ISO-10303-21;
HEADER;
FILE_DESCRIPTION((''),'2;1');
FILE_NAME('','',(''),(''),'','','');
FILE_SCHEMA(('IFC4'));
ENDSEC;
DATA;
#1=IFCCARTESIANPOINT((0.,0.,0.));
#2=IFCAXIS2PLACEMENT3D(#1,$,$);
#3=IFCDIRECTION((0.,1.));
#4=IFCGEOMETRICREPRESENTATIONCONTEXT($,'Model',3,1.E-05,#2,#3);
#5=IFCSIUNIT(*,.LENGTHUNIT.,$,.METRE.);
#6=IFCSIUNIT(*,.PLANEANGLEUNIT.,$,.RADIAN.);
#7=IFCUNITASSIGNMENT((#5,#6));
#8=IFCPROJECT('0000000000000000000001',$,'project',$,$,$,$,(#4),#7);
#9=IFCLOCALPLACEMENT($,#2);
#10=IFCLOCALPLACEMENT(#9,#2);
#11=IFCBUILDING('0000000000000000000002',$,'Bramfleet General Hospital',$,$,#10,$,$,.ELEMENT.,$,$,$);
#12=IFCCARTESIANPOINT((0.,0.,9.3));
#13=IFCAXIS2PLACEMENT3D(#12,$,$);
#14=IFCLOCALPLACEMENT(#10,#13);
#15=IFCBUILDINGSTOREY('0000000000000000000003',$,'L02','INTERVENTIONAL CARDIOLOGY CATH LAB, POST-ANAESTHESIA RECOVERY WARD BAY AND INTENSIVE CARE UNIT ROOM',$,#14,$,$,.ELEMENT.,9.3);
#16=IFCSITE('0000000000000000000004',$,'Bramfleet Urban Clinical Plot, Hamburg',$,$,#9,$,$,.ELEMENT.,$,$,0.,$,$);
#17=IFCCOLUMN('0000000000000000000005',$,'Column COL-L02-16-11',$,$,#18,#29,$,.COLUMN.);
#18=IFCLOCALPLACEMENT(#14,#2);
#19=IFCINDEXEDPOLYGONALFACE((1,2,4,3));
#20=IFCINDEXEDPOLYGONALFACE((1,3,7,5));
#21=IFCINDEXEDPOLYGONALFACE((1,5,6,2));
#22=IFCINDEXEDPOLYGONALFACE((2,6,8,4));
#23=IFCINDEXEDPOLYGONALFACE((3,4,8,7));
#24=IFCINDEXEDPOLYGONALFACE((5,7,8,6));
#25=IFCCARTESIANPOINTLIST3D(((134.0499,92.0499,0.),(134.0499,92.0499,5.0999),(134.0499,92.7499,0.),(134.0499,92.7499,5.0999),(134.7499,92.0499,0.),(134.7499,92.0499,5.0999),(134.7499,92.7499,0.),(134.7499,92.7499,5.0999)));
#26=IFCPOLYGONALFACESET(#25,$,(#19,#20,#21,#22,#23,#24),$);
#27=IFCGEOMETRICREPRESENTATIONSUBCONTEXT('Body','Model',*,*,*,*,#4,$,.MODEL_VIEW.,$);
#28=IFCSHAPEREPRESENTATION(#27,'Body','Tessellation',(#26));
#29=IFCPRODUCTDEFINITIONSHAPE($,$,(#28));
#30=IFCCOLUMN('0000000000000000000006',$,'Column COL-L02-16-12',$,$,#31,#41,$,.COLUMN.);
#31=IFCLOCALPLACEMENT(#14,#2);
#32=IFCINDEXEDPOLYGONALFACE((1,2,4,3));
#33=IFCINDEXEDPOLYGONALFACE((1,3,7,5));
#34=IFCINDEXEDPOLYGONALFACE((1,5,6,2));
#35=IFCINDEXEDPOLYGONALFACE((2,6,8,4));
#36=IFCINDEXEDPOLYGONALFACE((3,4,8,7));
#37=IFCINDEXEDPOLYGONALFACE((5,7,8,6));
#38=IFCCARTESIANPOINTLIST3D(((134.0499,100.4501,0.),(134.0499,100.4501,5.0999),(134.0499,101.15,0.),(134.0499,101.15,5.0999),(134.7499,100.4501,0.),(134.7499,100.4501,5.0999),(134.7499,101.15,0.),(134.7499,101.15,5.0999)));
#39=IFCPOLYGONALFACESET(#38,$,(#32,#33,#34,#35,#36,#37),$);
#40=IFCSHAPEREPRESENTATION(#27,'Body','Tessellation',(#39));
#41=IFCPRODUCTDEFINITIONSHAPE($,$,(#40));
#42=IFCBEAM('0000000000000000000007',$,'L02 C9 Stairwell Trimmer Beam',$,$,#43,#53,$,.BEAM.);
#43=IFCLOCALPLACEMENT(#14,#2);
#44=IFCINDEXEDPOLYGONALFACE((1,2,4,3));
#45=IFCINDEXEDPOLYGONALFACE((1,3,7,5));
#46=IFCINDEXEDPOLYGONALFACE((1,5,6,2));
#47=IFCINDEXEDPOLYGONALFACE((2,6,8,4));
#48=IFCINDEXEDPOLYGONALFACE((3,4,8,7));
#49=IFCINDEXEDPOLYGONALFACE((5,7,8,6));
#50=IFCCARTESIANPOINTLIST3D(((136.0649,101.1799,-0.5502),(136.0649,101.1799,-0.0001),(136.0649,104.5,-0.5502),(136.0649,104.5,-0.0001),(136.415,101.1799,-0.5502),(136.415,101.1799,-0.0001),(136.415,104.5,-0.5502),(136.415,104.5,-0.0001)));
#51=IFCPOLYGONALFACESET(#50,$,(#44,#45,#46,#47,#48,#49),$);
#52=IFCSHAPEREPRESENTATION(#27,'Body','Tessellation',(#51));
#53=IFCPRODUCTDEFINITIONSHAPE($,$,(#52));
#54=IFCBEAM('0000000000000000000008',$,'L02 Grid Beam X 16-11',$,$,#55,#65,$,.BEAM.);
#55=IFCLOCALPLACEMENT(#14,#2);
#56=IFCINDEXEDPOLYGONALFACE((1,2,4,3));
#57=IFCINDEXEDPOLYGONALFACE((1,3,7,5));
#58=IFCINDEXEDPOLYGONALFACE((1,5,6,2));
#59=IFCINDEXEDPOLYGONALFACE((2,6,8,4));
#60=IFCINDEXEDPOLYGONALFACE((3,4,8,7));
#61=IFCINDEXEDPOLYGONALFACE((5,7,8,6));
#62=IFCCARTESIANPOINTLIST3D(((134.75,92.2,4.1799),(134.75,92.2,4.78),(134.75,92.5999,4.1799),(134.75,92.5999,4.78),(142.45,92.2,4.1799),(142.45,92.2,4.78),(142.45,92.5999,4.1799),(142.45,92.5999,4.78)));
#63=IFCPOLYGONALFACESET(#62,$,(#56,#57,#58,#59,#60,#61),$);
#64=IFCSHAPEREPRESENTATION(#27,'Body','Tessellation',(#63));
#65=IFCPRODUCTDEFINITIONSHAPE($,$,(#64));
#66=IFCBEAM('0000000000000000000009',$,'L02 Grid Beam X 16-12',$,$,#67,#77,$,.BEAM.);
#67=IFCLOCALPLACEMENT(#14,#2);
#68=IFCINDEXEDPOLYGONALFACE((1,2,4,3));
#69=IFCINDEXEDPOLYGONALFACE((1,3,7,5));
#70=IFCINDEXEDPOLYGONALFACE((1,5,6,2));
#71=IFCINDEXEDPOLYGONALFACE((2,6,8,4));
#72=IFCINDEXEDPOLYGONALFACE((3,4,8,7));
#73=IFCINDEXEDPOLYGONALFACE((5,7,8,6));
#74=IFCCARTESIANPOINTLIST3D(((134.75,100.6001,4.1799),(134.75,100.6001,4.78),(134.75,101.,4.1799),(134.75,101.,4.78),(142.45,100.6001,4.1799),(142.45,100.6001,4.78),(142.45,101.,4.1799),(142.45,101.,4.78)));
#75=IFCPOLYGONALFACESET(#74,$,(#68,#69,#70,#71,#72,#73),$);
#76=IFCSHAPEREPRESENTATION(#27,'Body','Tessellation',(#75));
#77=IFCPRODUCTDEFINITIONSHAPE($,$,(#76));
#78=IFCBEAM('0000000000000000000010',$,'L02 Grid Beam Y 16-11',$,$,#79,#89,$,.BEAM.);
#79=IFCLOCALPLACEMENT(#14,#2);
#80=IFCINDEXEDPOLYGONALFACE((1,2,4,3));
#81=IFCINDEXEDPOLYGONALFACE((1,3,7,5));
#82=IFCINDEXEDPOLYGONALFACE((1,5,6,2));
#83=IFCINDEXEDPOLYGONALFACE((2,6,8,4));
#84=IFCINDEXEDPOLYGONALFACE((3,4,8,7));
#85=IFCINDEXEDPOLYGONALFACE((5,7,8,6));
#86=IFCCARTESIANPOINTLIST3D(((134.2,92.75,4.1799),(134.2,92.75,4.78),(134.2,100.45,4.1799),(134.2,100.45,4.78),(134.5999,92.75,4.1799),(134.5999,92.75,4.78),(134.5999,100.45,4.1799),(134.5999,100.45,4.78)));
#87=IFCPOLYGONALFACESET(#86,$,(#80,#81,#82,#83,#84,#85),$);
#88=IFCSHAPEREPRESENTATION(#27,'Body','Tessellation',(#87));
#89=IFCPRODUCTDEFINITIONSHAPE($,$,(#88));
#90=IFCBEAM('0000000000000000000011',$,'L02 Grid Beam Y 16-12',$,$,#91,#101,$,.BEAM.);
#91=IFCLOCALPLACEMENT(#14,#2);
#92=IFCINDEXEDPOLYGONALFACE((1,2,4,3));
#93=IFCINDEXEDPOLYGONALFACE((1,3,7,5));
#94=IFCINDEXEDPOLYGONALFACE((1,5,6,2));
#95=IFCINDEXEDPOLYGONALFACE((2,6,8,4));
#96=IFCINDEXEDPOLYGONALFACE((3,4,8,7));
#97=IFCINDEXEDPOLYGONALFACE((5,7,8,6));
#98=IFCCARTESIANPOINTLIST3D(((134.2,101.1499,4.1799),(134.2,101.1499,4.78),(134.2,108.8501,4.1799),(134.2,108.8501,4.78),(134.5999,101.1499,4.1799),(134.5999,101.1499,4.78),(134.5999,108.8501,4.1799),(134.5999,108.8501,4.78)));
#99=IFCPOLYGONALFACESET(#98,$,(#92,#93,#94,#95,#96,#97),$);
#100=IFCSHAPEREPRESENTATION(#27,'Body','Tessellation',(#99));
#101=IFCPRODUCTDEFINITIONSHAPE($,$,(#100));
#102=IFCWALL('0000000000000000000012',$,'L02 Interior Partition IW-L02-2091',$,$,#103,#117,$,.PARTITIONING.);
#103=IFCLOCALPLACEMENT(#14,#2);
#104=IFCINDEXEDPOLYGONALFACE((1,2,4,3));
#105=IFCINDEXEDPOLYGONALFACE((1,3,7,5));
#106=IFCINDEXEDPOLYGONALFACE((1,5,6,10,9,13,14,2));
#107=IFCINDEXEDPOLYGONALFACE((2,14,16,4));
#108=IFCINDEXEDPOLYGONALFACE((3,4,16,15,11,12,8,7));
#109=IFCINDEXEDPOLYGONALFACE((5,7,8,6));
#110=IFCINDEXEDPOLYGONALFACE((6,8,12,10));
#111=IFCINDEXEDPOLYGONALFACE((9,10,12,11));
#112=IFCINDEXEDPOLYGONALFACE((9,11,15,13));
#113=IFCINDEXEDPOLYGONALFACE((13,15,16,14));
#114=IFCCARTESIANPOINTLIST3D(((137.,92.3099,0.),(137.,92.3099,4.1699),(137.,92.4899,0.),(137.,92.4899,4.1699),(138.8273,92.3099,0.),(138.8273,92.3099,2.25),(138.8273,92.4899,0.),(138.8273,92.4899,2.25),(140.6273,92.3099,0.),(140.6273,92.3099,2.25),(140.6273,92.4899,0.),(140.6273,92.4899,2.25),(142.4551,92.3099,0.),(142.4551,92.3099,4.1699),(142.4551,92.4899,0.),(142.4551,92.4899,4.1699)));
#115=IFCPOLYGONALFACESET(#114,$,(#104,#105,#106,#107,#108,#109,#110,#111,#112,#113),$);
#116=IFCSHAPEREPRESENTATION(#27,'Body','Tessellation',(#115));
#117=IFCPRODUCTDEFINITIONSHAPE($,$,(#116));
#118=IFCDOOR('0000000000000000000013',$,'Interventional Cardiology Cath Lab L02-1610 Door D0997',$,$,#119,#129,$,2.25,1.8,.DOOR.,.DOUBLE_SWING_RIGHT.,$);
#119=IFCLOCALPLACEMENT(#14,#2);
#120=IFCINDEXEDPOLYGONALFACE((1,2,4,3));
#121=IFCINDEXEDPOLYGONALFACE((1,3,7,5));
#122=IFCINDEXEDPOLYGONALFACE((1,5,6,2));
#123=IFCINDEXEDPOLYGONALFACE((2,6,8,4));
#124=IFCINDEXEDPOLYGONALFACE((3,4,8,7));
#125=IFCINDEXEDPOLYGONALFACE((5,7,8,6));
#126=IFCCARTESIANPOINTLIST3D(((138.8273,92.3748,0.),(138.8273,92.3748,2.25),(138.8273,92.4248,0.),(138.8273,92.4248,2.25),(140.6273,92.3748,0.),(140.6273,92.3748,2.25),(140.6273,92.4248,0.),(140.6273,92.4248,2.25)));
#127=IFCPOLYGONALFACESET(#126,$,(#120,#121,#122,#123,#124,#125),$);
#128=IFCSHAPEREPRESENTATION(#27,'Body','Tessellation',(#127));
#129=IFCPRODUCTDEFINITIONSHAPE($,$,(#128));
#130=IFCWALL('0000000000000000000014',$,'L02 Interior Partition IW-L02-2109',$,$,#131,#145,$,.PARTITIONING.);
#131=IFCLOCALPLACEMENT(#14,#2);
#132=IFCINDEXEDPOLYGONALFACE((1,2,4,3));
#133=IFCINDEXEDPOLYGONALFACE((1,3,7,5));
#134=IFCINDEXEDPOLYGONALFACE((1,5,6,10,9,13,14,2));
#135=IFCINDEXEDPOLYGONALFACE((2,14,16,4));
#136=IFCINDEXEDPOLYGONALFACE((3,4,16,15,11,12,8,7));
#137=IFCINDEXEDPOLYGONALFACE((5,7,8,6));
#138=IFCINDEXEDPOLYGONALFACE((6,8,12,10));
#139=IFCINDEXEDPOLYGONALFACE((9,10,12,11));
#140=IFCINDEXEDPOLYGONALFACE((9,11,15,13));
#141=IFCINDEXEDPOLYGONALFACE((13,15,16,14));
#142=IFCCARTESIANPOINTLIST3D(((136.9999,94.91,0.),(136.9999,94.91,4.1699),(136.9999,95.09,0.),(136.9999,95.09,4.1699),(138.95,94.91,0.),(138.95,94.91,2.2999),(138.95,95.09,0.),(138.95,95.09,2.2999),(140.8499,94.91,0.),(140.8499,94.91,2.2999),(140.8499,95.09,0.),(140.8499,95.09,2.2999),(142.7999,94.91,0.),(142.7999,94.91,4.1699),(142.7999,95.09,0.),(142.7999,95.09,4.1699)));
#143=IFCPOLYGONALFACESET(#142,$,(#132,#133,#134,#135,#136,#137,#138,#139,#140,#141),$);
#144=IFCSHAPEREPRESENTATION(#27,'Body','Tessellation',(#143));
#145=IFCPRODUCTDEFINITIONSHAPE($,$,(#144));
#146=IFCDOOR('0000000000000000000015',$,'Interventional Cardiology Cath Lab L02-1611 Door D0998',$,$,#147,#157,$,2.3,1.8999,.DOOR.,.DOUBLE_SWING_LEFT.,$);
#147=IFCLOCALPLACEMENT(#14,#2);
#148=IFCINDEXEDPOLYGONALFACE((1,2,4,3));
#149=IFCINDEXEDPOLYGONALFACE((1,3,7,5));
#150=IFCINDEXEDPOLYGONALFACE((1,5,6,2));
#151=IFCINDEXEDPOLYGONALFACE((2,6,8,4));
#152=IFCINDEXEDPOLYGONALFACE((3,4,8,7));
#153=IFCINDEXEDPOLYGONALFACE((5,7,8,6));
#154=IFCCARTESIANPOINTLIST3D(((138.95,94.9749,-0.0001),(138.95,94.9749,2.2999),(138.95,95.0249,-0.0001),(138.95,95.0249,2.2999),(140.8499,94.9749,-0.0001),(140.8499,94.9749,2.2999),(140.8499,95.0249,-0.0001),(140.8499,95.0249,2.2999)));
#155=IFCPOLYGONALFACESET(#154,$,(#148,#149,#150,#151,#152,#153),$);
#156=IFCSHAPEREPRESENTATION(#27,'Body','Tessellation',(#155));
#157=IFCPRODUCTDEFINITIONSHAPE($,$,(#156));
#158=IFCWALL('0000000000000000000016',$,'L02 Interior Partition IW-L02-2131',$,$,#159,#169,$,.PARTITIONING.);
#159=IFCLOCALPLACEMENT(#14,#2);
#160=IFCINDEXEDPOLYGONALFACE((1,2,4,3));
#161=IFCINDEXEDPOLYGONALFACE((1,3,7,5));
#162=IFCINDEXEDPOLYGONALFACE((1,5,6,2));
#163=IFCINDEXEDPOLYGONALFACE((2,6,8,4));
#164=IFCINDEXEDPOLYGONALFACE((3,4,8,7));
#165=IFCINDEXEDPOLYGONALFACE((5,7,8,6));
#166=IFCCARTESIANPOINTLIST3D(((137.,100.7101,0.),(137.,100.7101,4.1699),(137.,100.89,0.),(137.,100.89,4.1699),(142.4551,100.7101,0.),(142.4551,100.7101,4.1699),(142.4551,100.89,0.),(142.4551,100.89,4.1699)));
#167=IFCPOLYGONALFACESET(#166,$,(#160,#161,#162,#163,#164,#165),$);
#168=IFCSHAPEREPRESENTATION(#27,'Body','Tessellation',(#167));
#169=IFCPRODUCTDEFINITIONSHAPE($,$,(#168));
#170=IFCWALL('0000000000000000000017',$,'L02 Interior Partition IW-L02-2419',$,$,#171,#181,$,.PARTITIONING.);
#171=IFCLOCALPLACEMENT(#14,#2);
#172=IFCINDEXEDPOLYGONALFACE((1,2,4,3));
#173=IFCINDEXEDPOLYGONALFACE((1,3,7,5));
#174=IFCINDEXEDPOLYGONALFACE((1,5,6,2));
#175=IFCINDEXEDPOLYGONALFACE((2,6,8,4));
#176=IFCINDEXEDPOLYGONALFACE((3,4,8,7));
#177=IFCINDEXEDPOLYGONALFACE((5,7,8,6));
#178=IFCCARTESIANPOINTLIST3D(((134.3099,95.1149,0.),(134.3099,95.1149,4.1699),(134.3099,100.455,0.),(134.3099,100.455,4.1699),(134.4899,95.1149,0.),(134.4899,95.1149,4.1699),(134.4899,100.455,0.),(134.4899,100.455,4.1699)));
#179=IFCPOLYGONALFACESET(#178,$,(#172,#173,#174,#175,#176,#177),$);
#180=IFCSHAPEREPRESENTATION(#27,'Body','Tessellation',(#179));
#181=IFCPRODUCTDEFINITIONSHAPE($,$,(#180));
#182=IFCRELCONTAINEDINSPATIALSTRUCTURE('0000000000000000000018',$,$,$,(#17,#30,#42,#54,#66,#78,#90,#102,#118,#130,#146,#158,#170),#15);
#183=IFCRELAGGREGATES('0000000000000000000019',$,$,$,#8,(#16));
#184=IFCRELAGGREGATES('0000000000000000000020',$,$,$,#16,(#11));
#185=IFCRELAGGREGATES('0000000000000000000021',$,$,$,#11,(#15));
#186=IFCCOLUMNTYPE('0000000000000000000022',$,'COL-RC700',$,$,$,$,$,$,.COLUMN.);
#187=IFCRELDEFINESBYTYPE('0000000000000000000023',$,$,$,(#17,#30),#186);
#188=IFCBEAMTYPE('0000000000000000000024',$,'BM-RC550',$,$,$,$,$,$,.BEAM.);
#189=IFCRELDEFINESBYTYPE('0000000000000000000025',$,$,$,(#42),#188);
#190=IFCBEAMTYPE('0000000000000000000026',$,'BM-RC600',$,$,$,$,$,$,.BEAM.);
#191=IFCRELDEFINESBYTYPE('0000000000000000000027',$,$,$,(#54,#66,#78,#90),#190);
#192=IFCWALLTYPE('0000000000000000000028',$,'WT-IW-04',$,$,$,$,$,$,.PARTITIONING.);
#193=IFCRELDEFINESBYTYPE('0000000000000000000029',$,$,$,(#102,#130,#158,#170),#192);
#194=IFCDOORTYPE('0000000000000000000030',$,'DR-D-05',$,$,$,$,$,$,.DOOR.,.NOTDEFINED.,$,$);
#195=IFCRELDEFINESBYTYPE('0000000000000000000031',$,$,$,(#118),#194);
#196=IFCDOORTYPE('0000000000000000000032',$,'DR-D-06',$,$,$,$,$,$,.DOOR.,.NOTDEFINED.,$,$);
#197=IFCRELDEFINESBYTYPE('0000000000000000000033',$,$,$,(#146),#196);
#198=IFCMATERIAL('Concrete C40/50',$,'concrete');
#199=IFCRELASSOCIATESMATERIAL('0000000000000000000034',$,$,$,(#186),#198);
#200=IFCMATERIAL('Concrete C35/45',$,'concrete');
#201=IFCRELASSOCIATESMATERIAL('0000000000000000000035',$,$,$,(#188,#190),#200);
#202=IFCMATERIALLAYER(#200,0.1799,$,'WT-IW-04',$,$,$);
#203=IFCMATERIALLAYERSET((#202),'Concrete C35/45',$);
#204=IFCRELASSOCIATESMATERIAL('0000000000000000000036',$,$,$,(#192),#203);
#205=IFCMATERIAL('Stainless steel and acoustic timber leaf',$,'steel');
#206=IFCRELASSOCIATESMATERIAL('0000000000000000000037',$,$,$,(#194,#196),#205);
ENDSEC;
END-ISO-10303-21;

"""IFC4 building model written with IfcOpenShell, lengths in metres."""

from ifc_helpers import new_model, si_unit, direction, frame, frame_2d, origin, origin_2d, place, context, subcontext, project, spatial, rectangle, extrude, material, layer, layer_set, material_profile, profile_set, type_object, element, fill, save


model = new_model("IFC4")

# Units and contexts
model_context = context("Model", 3, precision=1e-05, world=origin(), true_north=direction((0.0, 1.0)))
body_context = subcontext(model_context, "Body", "Model", "MODEL_VIEW")
ifc_project = project(units=[si_unit("LENGTHUNIT", "METRE"), si_unit("PLANEANGLEUNIT", "RADIAN")], contexts=[model_context])

# Site, building, storey
site_placement = place(None, origin())
site = spatial("IfcSite", under=ifc_project, at=site_placement, Name="Bramfleet Urban Clinical Plot, Hamburg", CompositionType="ELEMENT", RefElevation=0.0)
building_placement = place(site_placement, origin())
building = spatial("IfcBuilding", under=site, at=building_placement, Name="Bramfleet General Hospital", CompositionType="ELEMENT")
storey_placement = place(building_placement, frame((0.0, 0.0, 9.3)))
storey = spatial("IfcBuildingStorey", under=building, at=storey_placement, Name="L02", Description="INTERVENTIONAL CARDIOLOGY CATH LAB, POST-ANAESTHESIA RECOVERY WARD BAY AND INTENSIVE CARE UNIT ROOM", CompositionType="ELEMENT", Elevation=9.3)

# Columns
ifc_material_1 = material(Name="Concrete C40/50", Category="concrete")
ifc_material_profile_1 = material_profile(ifc_material_1, rectangle(XDim=0.7, YDim=0.7, at=origin_2d()), Name="RC COL 700x700")
ifc_profile_set_1 = profile_set([ifc_material_profile_1], Name="Concrete C40/50")
column_type = type_object("IfcColumnType", Name="COL-RC700", PredefinedType="COLUMN", material=ifc_profile_set_1)
for number, where, z_axis, x_axis, name in (
    (1, (134.3999, 92.3999, 0.0), (0.0, 0.0, 1.0), (1.0, 0.0, 0.0), "Column COL-L02-16-11"),
    (2, (134.3999, 100.8, 0.0), (0.0, 0.0, 1.0), (1.0, 0.0, 0.0), "Column COL-L02-16-12"),
):
    element("IfcColumn", number, at=place(storey_placement, frame(where, z_axis=z_axis, x_axis=x_axis)), inside=storey, type_object=column_type, Name=name, PredefinedType="COLUMN", context=body_context, shape_type="SweptSolid", body=[
        extrude(rectangle(XDim=0.7, YDim=0.7, at=origin_2d()), origin(), (0.0, 0.0, 1.0), 5.0999),
    ])

# Beams
ifc_material_2 = material(Name="Concrete C35/45", Category="concrete")
ifc_material_profile_2 = material_profile(ifc_material_2, rectangle(XDim=0.3501, YDim=0.55, at=origin_2d()), Name="RC BM 550x350")
ifc_profile_set_2 = profile_set([ifc_material_profile_2], Name="Concrete C35/45")
beam_type_1 = type_object("IfcBeamType", Name="BM-RC550", PredefinedType="BEAM", material=ifc_profile_set_2)
beam_1_placement = place(storey_placement, frame((136.24, 101.1799, -0.2751), z_axis=(0.0, 1.0, 0.0), x_axis=(-1.0, 0.0, 0.0)))
element("IfcBeam", 3, at=beam_1_placement, inside=storey, type_object=beam_type_1, Name="L02 C9 Stairwell Trimmer Beam", PredefinedType="BEAM", context=body_context, shape_type="SweptSolid", body=[
    extrude(rectangle(XDim=0.3501, YDim=0.55, at=origin_2d()), origin(), (0.0, 0.0, 1.0), 3.3201),
])
ifc_material_profile_3 = material_profile(ifc_material_2, rectangle(XDim=0.3999, YDim=0.6001, at=origin_2d()), Name="RC BM 600x400")
ifc_profile_set_3 = profile_set([ifc_material_profile_3], Name="Concrete C35/45")
beam_type_2 = type_object("IfcBeamType", Name="BM-RC600", PredefinedType="BEAM", material=ifc_profile_set_3)
for number, where, z_axis, x_axis, name in (
    (4, (134.75, 92.3999, 4.48), (1.0, 0.0, 0.0), (0.0, 1.0, 0.0), "L02 Grid Beam X 16-11"),
    (5, (134.75, 100.8, 4.48), (1.0, 0.0, 0.0), (0.0, 1.0, 0.0), "L02 Grid Beam X 16-12"),
    (6, (134.3999, 92.75, 4.48), (0.0, 1.0, 0.0), (-1.0, 0.0, 0.0), "L02 Grid Beam Y 16-11"),
):
    element("IfcBeam", number, at=place(storey_placement, frame(where, z_axis=z_axis, x_axis=x_axis)), inside=storey, type_object=beam_type_2, Name=name, PredefinedType="BEAM", context=body_context, shape_type="SweptSolid", body=[
        extrude(rectangle(XDim=0.3999, YDim=0.6001, at=origin_2d()), origin(), (0.0, 0.0, 1.0), 7.7),
    ])
beam_2_placement = place(storey_placement, frame((134.3999, 101.1499, 4.48), z_axis=(0.0, 1.0, 0.0), x_axis=(-1.0, 0.0, 0.0)))
element("IfcBeam", 7, at=beam_2_placement, inside=storey, type_object=beam_type_2, Name="L02 Grid Beam Y 16-12", PredefinedType="BEAM", context=body_context, shape_type="SweptSolid", body=[
    extrude(rectangle(XDim=0.3999, YDim=0.6001, at=origin_2d()), origin(), (0.0, 0.0, 1.0), 7.7002),
])

# Walls, openings, doors
ifc_layer_1 = layer(ifc_material_2, 0.1799, Name="WT-IW-04")
ifc_layer_set_1 = layer_set([ifc_layer_1], Name="Concrete C35/45")
wall_type_1 = type_object("IfcWallType", Name="WT-IW-04", PredefinedType="PARTITIONING", material=ifc_layer_set_1)
wall_1_placement = place(storey_placement, frame((137.0, 92.3999, 0.0), z_axis=(0.0, 0.0, 1.0), x_axis=(1.0, 0.0, 0.0)))
wall_1 = element("IfcWall", 8, at=wall_1_placement, inside=storey, type_object=wall_type_1, Name="L02 Interior Partition IW-L02-2091", PredefinedType="PARTITIONING", context=body_context, shape_type="SweptSolid", body=[
    extrude(rectangle(XDim=5.4551, YDim=0.1799, at=frame_2d((2.7275, 0.0))), origin(), (0.0, 0.0, 1.0), 4.1699),
])
opening_1_placement = place(wall_1_placement, frame((1.8274, 0.0, 0.0)))
opening_1 = element("IfcOpeningElement", 9, at=opening_1_placement, cuts=wall_1, PredefinedType="OPENING", context=body_context, shape_type="SweptSolid", body=[
    extrude(rectangle(XDim=1.8, YDim=2.25, at=frame_2d((0.8999, 1.125))), frame((0.0, 0.0999, 0.0), z_axis=(0.0, -1.0, 0.0), x_axis=(1.0, 0.0, 0.0)), (0.0, 0.0, 1.0), 0.2),
])
ifc_material_3 = material(Name="Stainless steel and acoustic timber leaf", Category="steel")
door_type_1 = type_object("IfcDoorType", Name="DR-D-05", OperationType="NOTDEFINED", PredefinedType="DOOR", material=ifc_material_3)
door_1_placement = place(opening_1_placement, origin())
door_1 = element("IfcDoor", 10, at=door_1_placement, inside=storey, type_object=door_type_1, Name="Interventional Cardiology Cath Lab L02-1610 Door D0997", OperationType="DOUBLE_SWING_RIGHT", OverallHeight=2.25, OverallWidth=1.8, PredefinedType="DOOR", context=body_context, shape_type="SweptSolid", body=[
    extrude(rectangle(XDim=1.8, YDim=2.25, at=frame_2d((0.8999, 1.125))), frame((0.0, 0.0249, 0.0), z_axis=(0.0, -1.0, 0.0), x_axis=(1.0, 0.0, 0.0)), (0.0, 0.0, 1.0), 0.05),
])
fill(opening_1, door_1)
wall_2_placement = place(storey_placement, frame((137.0, 95.0, 0.0), z_axis=(0.0, 0.0, 1.0), x_axis=(1.0, 0.0, 0.0)))
wall_2 = element("IfcWall", 11, at=wall_2_placement, inside=storey, type_object=wall_type_1, Name="L02 Interior Partition IW-L02-2109", PredefinedType="PARTITIONING", context=body_context, shape_type="SweptSolid", body=[
    extrude(rectangle(XDim=5.8, YDim=0.1799, at=frame_2d((2.8999, 0.0))), origin(), (0.0, 0.0, 1.0), 4.1699),
])
opening_2_placement = place(wall_2_placement, frame((1.95, 0.0, 0.0)))
opening_2 = element("IfcOpeningElement", 12, at=opening_2_placement, cuts=wall_2, PredefinedType="OPENING", context=body_context, shape_type="SweptSolid", body=[
    extrude(rectangle(XDim=1.8999, YDim=2.3, at=frame_2d((0.95, 1.1499))), frame((0.0, 0.0999, 0.0), z_axis=(0.0, -1.0, 0.0), x_axis=(1.0, 0.0, 0.0)), (0.0, 0.0, 1.0), 0.2),
])
door_type_2 = type_object("IfcDoorType", Name="DR-D-06", OperationType="NOTDEFINED", PredefinedType="DOOR", material=ifc_material_3)
door_2_placement = place(opening_2_placement, origin())
door_2 = element("IfcDoor", 13, at=door_2_placement, inside=storey, type_object=door_type_2, Name="Interventional Cardiology Cath Lab L02-1611 Door D0998", OperationType="DOUBLE_SWING_LEFT", OverallHeight=2.3, OverallWidth=1.8999, PredefinedType="DOOR", context=body_context, shape_type="SweptSolid", body=[
    extrude(rectangle(XDim=1.8999, YDim=2.3, at=frame_2d((0.95, 1.1499))), frame((0.0, 0.0249, 0.0), z_axis=(0.0, -1.0, 0.0), x_axis=(1.0, 0.0, 0.0)), (0.0, 0.0, 1.0), 0.05),
])
fill(opening_2, door_2)

# Walls
wall_3_placement = place(storey_placement, frame((137.0, 100.8, 0.0), z_axis=(0.0, 0.0, 1.0), x_axis=(1.0, 0.0, 0.0)))
element("IfcWall", 14, at=wall_3_placement, inside=storey, type_object=wall_type_1, Name="L02 Interior Partition IW-L02-2131", PredefinedType="PARTITIONING", context=body_context, shape_type="SweptSolid", body=[
    extrude(rectangle(XDim=5.4551, YDim=0.1799, at=frame_2d((2.7275, 0.0))), origin(), (0.0, 0.0, 1.0), 4.1699),
])
wall_4_placement = place(storey_placement, frame((134.3999, 95.115, 0.0), z_axis=(0.0, 0.0, 1.0), x_axis=(0.0, 1.0, 0.0)))
element("IfcWall", 15, at=wall_4_placement, inside=storey, type_object=wall_type_1, Name="L02 Interior Partition IW-L02-2419", PredefinedType="PARTITIONING", context=body_context, shape_type="SweptSolid", body=[
    extrude(rectangle(XDim=5.3401, YDim=0.1799, at=frame_2d((2.6699, 0.0))), origin(), (0.0, 0.0, 1.0), 4.1699),
])

save(model, "model.ifc")
